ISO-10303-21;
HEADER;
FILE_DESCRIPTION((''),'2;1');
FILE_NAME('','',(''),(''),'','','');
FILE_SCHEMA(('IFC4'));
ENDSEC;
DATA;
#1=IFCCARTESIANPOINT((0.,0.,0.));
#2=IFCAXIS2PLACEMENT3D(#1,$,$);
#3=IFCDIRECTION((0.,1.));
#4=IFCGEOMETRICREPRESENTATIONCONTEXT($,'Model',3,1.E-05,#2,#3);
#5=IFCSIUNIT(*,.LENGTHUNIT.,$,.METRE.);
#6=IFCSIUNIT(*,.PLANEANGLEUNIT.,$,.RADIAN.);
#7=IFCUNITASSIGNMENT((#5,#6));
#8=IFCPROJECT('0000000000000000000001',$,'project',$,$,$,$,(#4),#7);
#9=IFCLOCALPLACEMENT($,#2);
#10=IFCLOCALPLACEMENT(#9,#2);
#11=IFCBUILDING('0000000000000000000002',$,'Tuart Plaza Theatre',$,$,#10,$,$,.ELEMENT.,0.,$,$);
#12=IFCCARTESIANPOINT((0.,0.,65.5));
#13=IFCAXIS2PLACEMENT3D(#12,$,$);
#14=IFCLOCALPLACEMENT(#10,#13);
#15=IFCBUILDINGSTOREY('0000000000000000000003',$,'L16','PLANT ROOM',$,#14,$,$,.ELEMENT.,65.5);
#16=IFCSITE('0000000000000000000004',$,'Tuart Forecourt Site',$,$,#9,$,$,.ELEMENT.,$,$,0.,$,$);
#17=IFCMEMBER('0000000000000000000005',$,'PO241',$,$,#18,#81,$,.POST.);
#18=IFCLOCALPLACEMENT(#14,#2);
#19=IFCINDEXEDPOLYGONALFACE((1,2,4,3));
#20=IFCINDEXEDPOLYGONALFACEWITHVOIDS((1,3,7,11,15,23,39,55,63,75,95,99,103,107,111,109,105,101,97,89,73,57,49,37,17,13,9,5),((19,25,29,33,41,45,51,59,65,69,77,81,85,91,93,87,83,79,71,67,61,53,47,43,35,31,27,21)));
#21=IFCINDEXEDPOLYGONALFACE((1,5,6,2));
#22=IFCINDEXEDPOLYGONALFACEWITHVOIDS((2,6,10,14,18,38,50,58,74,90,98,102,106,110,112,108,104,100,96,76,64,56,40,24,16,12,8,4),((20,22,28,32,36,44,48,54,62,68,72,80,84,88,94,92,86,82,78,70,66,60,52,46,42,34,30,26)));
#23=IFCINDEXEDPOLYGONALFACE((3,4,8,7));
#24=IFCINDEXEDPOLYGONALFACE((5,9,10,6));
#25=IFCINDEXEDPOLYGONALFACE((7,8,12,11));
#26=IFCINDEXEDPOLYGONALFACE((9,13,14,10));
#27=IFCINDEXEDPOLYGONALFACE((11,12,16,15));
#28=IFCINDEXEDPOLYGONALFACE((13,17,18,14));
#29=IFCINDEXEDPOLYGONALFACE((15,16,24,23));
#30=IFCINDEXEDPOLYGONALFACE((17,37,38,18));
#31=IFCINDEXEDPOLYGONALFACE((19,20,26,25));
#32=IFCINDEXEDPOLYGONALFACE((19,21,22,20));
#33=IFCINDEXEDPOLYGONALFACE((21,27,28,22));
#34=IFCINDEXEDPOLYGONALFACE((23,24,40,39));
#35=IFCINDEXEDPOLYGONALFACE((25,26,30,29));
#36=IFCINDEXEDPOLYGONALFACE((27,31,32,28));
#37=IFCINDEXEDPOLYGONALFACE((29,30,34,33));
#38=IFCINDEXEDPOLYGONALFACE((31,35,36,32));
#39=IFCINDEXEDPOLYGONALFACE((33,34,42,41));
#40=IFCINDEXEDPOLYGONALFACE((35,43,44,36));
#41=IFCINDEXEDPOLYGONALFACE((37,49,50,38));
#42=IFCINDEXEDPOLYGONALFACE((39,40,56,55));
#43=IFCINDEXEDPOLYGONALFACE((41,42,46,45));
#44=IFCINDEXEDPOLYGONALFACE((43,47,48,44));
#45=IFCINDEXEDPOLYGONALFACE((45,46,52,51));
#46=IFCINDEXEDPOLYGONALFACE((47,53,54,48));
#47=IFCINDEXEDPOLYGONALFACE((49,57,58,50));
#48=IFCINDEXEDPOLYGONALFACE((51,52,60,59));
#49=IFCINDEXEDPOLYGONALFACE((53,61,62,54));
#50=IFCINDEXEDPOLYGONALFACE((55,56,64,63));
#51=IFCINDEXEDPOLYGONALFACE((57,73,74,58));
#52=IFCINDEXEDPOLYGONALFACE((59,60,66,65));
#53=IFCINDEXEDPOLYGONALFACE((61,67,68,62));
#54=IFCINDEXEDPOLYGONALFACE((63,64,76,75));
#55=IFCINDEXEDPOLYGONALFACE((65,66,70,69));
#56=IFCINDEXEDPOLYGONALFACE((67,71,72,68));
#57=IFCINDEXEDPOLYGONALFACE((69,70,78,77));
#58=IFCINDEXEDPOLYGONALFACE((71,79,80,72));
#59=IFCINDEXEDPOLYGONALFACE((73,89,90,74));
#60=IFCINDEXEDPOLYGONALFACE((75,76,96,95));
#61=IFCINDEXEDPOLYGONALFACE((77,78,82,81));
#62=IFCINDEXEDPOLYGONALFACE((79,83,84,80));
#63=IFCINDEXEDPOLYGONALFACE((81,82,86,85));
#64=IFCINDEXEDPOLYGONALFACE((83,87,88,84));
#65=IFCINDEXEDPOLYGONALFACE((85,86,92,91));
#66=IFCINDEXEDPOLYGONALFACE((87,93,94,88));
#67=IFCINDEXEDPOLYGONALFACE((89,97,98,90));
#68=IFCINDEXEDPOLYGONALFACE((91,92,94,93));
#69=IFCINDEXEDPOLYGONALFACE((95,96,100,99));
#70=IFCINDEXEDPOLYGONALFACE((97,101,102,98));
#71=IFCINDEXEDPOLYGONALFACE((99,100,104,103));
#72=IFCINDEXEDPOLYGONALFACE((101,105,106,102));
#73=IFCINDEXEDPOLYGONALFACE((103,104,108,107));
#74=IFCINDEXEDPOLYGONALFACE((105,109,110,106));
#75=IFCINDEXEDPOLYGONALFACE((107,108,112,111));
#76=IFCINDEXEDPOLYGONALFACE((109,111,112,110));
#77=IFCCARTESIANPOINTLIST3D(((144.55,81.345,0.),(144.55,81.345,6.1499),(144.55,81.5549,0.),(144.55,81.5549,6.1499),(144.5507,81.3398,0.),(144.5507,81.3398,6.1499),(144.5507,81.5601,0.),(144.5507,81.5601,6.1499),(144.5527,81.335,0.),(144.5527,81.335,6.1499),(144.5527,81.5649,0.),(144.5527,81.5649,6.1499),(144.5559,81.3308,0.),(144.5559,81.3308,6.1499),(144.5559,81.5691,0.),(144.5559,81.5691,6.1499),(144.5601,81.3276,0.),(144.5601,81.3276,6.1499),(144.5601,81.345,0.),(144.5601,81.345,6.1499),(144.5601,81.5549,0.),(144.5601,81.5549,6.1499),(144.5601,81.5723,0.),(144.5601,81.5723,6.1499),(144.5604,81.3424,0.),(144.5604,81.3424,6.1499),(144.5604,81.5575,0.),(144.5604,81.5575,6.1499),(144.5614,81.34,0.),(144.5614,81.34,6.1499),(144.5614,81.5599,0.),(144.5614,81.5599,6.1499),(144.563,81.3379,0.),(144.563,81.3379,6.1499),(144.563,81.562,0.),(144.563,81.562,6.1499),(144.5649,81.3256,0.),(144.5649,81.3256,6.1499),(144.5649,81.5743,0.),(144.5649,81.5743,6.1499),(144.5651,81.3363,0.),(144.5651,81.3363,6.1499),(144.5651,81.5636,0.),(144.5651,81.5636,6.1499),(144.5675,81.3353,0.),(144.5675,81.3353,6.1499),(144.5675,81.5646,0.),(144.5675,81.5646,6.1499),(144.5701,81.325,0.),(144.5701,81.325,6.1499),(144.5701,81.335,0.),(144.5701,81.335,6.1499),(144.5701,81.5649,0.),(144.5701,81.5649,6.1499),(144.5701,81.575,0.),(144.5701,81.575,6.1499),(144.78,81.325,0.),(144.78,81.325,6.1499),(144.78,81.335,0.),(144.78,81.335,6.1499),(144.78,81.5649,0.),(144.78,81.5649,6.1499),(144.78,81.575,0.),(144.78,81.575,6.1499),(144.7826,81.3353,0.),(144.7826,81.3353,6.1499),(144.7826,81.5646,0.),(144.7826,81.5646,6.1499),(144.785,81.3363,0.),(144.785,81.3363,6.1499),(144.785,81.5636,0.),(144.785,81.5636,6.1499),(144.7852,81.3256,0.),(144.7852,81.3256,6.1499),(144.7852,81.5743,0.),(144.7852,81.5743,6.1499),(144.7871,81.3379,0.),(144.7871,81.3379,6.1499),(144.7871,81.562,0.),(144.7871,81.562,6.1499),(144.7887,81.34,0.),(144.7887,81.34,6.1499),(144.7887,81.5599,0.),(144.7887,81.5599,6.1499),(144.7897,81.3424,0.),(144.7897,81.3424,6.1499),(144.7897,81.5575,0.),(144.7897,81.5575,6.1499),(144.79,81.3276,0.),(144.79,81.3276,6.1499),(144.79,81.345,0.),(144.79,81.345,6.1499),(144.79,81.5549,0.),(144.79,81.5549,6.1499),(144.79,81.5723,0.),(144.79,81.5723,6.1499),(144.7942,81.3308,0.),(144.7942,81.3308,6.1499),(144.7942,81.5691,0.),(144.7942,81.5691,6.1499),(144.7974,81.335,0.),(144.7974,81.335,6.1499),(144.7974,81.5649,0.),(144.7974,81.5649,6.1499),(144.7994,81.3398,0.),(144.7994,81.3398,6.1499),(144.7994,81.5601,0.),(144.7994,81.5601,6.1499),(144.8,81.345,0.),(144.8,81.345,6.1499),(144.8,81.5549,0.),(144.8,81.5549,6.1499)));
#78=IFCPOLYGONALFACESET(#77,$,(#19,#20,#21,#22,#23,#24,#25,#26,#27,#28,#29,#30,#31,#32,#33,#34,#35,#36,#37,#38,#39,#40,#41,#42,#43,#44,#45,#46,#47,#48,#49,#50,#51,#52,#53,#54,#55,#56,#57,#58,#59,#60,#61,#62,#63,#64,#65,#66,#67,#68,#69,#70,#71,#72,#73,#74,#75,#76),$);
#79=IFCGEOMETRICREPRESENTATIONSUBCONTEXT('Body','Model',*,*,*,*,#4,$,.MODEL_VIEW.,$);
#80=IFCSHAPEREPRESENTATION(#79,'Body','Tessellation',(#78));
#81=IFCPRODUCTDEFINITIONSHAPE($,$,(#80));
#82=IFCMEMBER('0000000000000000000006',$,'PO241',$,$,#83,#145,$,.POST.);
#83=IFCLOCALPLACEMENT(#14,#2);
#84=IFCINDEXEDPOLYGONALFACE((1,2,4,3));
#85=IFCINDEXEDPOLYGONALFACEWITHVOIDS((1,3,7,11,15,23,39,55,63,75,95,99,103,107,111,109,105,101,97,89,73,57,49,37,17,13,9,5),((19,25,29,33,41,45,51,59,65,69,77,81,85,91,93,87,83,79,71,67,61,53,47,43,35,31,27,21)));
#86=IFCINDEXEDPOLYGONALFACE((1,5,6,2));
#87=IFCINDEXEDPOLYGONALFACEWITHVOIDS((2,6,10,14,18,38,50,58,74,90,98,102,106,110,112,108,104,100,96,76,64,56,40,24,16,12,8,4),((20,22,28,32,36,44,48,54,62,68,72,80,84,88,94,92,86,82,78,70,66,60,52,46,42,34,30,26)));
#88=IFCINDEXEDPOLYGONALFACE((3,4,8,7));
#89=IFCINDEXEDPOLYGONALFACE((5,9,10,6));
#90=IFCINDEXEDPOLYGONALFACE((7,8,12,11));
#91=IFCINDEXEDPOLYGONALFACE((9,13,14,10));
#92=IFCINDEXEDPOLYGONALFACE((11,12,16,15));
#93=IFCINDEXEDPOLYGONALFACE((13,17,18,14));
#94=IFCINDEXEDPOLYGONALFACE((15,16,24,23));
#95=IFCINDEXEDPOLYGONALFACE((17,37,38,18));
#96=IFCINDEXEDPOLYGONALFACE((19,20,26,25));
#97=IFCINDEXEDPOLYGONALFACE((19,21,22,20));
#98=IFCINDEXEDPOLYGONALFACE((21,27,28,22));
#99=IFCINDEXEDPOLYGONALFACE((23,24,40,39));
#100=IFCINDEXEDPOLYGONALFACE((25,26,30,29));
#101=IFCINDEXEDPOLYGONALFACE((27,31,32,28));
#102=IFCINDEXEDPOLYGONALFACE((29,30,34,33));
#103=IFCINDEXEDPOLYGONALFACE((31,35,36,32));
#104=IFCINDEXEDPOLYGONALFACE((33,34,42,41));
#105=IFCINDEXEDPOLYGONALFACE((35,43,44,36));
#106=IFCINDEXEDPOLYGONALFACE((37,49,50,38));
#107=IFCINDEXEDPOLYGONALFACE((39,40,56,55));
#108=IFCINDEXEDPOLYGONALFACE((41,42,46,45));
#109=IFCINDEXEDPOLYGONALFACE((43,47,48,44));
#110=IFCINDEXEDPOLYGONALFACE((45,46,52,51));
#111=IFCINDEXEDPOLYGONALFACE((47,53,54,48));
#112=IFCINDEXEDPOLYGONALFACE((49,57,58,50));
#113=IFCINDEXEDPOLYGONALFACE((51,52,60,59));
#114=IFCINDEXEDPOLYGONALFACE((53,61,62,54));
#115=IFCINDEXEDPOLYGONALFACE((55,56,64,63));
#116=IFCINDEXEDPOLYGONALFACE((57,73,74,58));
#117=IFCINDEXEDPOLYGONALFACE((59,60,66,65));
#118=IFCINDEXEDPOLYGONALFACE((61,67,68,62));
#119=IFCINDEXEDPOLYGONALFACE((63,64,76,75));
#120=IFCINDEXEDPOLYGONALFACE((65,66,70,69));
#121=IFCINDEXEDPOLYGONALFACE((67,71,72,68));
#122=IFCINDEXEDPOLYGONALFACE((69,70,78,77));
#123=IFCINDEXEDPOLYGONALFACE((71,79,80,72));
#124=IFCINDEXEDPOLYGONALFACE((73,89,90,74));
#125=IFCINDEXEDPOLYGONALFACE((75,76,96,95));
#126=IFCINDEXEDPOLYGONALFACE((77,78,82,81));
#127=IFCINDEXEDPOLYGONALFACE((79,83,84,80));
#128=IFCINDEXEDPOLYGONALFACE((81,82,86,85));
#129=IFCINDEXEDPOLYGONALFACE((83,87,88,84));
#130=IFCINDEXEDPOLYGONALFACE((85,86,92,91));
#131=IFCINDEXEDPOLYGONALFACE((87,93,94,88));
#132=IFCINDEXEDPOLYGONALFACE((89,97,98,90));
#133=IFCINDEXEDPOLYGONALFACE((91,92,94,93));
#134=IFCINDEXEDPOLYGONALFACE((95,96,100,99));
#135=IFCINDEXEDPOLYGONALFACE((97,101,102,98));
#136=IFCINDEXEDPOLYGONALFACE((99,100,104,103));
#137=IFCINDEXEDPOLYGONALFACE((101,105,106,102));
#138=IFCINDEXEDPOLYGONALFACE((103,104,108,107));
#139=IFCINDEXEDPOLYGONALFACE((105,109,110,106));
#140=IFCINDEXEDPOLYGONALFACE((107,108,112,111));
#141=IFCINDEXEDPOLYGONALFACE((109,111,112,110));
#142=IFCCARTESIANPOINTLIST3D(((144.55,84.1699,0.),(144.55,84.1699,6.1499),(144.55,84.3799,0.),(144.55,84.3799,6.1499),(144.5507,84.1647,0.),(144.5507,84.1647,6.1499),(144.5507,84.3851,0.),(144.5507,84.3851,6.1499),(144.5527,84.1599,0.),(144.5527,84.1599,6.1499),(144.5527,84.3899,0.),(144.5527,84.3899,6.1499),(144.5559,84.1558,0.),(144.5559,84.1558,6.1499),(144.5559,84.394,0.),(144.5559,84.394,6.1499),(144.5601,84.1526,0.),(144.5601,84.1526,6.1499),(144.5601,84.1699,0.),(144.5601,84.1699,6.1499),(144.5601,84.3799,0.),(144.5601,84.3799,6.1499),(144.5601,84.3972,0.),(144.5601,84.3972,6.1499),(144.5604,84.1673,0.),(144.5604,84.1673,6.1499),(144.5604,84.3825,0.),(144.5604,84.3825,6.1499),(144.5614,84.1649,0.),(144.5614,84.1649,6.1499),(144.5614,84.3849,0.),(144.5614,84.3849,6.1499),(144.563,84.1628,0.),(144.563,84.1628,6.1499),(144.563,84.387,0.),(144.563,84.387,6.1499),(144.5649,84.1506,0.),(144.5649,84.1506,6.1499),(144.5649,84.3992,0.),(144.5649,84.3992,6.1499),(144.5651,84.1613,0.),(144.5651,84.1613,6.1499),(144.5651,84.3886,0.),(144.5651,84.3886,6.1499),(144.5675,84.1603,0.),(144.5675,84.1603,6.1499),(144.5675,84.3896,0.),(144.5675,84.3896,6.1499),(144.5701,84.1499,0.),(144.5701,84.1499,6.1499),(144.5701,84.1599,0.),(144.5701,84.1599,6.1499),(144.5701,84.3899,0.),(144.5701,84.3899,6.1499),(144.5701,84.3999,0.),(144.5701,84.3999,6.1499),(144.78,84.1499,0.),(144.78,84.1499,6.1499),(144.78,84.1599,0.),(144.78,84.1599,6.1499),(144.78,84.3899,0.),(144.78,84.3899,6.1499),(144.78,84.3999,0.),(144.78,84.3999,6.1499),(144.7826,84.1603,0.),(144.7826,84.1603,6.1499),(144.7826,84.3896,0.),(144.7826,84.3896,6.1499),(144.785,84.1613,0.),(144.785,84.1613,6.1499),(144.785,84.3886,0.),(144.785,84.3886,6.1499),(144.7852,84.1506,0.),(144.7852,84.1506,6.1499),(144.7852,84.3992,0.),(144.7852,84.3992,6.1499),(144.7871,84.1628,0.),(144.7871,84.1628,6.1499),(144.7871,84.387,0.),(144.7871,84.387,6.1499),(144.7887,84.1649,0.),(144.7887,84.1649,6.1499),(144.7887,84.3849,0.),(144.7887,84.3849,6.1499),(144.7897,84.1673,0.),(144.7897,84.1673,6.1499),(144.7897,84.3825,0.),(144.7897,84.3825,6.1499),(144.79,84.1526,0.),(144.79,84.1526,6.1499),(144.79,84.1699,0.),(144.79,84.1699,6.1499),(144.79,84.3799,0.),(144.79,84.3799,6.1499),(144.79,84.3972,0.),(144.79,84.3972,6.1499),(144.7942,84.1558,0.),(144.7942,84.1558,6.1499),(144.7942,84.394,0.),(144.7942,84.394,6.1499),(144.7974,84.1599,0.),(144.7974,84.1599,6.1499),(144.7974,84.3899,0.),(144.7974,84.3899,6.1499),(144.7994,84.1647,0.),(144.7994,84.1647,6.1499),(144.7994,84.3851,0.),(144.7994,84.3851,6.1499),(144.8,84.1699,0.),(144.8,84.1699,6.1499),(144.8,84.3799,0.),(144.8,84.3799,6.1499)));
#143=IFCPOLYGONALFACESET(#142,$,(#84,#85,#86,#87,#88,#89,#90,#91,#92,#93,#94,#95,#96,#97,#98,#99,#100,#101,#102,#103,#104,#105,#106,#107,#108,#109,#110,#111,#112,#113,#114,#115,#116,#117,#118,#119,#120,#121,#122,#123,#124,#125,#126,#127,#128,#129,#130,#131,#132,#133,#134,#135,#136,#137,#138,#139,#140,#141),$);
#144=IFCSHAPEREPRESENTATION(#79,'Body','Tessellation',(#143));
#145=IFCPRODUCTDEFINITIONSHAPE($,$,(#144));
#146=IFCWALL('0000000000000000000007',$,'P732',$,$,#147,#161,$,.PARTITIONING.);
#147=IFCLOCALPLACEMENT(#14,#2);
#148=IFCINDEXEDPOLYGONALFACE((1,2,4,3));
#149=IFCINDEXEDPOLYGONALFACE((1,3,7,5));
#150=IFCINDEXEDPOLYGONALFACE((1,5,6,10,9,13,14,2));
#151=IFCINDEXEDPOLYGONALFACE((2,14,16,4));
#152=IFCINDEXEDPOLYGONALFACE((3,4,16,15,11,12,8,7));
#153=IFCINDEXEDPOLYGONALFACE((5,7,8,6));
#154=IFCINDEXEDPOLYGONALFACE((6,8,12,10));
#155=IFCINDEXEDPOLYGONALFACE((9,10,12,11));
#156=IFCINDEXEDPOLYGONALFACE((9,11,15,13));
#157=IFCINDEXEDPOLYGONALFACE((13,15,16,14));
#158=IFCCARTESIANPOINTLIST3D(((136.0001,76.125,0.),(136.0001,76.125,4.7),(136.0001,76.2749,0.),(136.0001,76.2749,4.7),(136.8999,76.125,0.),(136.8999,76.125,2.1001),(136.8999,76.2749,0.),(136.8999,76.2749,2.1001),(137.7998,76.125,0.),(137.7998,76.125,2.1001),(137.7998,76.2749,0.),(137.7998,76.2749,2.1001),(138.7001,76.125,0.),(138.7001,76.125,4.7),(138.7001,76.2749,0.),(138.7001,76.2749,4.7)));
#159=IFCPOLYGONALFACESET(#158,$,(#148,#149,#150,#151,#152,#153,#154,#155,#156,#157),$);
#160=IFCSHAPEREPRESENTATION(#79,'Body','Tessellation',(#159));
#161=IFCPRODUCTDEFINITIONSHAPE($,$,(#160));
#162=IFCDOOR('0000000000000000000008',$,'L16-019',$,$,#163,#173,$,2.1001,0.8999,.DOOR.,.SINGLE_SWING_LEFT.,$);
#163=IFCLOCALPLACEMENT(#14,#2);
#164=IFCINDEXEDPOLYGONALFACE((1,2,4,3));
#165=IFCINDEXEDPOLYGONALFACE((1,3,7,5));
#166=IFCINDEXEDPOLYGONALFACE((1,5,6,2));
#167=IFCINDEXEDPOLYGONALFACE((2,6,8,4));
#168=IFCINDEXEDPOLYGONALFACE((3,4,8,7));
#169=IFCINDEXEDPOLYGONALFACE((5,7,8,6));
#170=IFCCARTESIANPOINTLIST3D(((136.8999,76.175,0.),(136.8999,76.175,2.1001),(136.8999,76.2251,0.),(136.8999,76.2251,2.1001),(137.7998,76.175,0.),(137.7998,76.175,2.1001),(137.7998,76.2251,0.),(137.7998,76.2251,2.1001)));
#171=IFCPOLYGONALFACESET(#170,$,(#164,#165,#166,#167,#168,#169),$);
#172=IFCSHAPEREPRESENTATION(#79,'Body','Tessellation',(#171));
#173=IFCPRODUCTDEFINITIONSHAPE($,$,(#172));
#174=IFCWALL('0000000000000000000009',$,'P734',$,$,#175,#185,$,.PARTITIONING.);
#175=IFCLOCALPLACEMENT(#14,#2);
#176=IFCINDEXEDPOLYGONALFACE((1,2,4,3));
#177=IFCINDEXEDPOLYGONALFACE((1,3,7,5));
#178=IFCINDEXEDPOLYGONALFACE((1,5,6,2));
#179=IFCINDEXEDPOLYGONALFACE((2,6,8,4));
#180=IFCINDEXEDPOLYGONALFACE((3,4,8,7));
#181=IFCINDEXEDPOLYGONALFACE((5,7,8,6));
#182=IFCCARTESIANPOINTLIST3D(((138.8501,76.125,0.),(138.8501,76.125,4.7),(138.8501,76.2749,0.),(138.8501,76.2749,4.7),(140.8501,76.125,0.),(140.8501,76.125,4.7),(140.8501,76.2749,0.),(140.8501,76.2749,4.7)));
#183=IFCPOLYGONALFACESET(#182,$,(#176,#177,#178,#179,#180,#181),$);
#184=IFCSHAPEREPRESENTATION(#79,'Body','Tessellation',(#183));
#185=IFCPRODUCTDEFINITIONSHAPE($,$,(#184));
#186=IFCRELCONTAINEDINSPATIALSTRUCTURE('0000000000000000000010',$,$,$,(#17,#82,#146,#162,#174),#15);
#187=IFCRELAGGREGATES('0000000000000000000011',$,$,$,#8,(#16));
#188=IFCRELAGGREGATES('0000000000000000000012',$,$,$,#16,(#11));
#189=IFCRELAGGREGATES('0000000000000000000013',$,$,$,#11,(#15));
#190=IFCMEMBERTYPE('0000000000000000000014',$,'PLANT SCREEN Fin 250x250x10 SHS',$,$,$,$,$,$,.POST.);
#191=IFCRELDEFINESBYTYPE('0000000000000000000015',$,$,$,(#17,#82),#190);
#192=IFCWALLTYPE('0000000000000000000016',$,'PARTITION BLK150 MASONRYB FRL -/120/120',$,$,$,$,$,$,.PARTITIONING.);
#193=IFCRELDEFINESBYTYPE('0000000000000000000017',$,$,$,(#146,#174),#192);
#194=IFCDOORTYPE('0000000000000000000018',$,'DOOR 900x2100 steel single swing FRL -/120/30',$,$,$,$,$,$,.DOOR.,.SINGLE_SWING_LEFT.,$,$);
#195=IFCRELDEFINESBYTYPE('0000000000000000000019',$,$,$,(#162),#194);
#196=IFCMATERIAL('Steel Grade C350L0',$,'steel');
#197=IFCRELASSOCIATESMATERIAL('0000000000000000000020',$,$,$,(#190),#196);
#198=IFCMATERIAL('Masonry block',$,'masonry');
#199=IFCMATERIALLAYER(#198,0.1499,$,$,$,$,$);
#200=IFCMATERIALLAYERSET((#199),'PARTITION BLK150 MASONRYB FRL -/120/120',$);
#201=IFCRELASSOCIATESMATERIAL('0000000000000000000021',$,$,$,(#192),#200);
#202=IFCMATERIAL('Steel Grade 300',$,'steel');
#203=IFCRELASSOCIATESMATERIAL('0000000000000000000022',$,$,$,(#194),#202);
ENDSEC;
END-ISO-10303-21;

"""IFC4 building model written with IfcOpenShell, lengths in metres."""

from ifc_helpers import new_model, si_unit, direction, frame, frame_2d, origin, origin_2d, place, context, subcontext, project, spatial, rectangle, hollow_rectangle, extrude, material, layer, layer_set, material_profile, profile_set, type_object, element, fill, save


model = new_model("IFC4")

# Units and contexts
model_context = context("Model", 3, precision=1e-05, world=origin(), true_north=direction((0.0, 1.0)))
body_context = subcontext(model_context, "Body", "Model", "MODEL_VIEW")
ifc_project = project(units=[si_unit("LENGTHUNIT", "METRE"), si_unit("PLANEANGLEUNIT", "RADIAN")], contexts=[model_context])

# Site, building, storey
site_placement = place(None, origin())
site = spatial("IfcSite", under=ifc_project, at=site_placement, Name="Tuart Forecourt Site", CompositionType="ELEMENT", RefElevation=0.0)
building_placement = place(site_placement, origin())
building = spatial("IfcBuilding", under=site, at=building_placement, Name="Tuart Plaza Theatre", CompositionType="ELEMENT", ElevationOfRefHeight=0.0)
storey_placement = place(building_placement, frame((0.0, 0.0, 65.5)))
storey = spatial("IfcBuildingStorey", under=building, at=storey_placement, Name="L16", Description="PLANT ROOM", CompositionType="ELEMENT", Elevation=65.5)

# Members
ifc_material_1 = material(Name="Steel Grade C350L0", Category="steel")
ifc_material_profile_1 = material_profile(ifc_material_1, hollow_rectangle(XDim=0.25, YDim=0.25, WallThickness=0.01, InnerFilletRadius=0.01, OuterFilletRadius=0.02, at=origin_2d()), Name="250x250x10 SHS")
ifc_profile_set_1 = profile_set([ifc_material_profile_1], Name="Steel Grade C350L0")
member_type = type_object("IfcMemberType", Name="PLANT SCREEN Fin 250x250x10 SHS", PredefinedType="POST", material=ifc_profile_set_1)
for number, where, z_axis, x_axis, name in (
    (1, (144.675, 81.45, 0.0), (0.0, 0.0, 1.0), (1.0, 0.0, 0.0), "PO241"),
    (2, (144.675, 84.2749, 0.0), (0.0, 0.0, 1.0), (1.0, 0.0, 0.0), "PO241"),
):
    element("IfcMember", number, at=place(storey_placement, frame(where, z_axis=z_axis, x_axis=x_axis)), inside=storey, type_object=member_type, Name=name, PredefinedType="POST", context=body_context, shape_type="SweptSolid", body=[
        extrude(hollow_rectangle(XDim=0.25, YDim=0.25, WallThickness=0.01, InnerFilletRadius=0.01, OuterFilletRadius=0.02, at=origin_2d()), origin(), (0.0, 0.0, 1.0), 6.1499),
    ])

# Wall, opening, door
ifc_material_2 = material(Name="Masonry block", Category="masonry")
ifc_layer_1 = layer(ifc_material_2, 0.1499)
ifc_layer_set_1 = layer_set([ifc_layer_1], Name="PARTITION BLK150 MASONRYB FRL -/120/120")
wall_type_1 = type_object("IfcWallType", Name="PARTITION BLK150 MASONRYB FRL -/120/120", PredefinedType="PARTITIONING", material=ifc_layer_set_1)
wall_1_placement = place(storey_placement, frame((136.0, 76.2, 0.0), z_axis=(0.0, 0.0, 1.0), x_axis=(1.0, 0.0, 0.0)))
wall_1 = element("IfcWall", 3, at=wall_1_placement, inside=storey, type_object=wall_type_1, Name="P732", PredefinedType="PARTITIONING", context=body_context, shape_type="SweptSolid", body=[
    extrude(rectangle(XDim=2.7, YDim=0.1499, at=frame_2d((1.3501, 0.0))), origin(), (0.0, 0.0, 1.0), 4.7),
])
opening_1_placement = place(wall_1_placement, frame((0.8999, 0.0, 0.0)))
opening_1 = element("IfcOpeningElement", 4, at=opening_1_placement, cuts=wall_1, PredefinedType="OPENING", context=body_context, shape_type="SweptSolid", body=[
    extrude(rectangle(XDim=0.8999, YDim=2.1001, at=frame_2d((0.45, 1.05))), frame((0.0, 0.085, 0.0), z_axis=(0.0, -1.0, 0.0), x_axis=(1.0, 0.0, 0.0)), (0.0, 0.0, 1.0), 0.1699),
])
ifc_material_3 = material(Name="Steel Grade 300", Category="steel")
door_type_1 = type_object("IfcDoorType", Name="DOOR 900x2100 steel single swing FRL -/120/30", OperationType="SINGLE_SWING_LEFT", PredefinedType="DOOR", material=ifc_material_3)
door_1_placement = place(opening_1_placement, frame((0.8999, 0.0, 0.0), z_axis=(0.0, 0.0, 1.0), x_axis=(-1.0, 0.0, 0.0)))
door_1 = element("IfcDoor", 5, at=door_1_placement, inside=storey, type_object=door_type_1, Name="L16-019", OperationType="SINGLE_SWING_LEFT", OverallHeight=2.1001, OverallWidth=0.8999, PredefinedType="DOOR", context=body_context, shape_type="SweptSolid", body=[
    extrude(rectangle(XDim=0.8999, YDim=2.1001, at=frame_2d((0.45, 1.05))), frame((0.0, 0.0249, 0.0), z_axis=(0.0, -1.0, 0.0), x_axis=(1.0, 0.0, 0.0)), (0.0, 0.0, 1.0), 0.05),
])
fill(opening_1, door_1)

# Wall
wall_2_placement = place(storey_placement, frame((138.8501, 76.2, 0.0), z_axis=(0.0, 0.0, 1.0), x_axis=(1.0, 0.0, 0.0)))
element("IfcWall", 6, at=wall_2_placement, inside=storey, type_object=wall_type_1, Name="P734", PredefinedType="PARTITIONING", context=body_context, shape_type="SweptSolid", body=[
    extrude(rectangle(XDim=2.0, YDim=0.1499, at=frame_2d((1.0, 0.0))), origin(), (0.0, 0.0, 1.0), 4.7),
])

save(model, "model.ifc")
